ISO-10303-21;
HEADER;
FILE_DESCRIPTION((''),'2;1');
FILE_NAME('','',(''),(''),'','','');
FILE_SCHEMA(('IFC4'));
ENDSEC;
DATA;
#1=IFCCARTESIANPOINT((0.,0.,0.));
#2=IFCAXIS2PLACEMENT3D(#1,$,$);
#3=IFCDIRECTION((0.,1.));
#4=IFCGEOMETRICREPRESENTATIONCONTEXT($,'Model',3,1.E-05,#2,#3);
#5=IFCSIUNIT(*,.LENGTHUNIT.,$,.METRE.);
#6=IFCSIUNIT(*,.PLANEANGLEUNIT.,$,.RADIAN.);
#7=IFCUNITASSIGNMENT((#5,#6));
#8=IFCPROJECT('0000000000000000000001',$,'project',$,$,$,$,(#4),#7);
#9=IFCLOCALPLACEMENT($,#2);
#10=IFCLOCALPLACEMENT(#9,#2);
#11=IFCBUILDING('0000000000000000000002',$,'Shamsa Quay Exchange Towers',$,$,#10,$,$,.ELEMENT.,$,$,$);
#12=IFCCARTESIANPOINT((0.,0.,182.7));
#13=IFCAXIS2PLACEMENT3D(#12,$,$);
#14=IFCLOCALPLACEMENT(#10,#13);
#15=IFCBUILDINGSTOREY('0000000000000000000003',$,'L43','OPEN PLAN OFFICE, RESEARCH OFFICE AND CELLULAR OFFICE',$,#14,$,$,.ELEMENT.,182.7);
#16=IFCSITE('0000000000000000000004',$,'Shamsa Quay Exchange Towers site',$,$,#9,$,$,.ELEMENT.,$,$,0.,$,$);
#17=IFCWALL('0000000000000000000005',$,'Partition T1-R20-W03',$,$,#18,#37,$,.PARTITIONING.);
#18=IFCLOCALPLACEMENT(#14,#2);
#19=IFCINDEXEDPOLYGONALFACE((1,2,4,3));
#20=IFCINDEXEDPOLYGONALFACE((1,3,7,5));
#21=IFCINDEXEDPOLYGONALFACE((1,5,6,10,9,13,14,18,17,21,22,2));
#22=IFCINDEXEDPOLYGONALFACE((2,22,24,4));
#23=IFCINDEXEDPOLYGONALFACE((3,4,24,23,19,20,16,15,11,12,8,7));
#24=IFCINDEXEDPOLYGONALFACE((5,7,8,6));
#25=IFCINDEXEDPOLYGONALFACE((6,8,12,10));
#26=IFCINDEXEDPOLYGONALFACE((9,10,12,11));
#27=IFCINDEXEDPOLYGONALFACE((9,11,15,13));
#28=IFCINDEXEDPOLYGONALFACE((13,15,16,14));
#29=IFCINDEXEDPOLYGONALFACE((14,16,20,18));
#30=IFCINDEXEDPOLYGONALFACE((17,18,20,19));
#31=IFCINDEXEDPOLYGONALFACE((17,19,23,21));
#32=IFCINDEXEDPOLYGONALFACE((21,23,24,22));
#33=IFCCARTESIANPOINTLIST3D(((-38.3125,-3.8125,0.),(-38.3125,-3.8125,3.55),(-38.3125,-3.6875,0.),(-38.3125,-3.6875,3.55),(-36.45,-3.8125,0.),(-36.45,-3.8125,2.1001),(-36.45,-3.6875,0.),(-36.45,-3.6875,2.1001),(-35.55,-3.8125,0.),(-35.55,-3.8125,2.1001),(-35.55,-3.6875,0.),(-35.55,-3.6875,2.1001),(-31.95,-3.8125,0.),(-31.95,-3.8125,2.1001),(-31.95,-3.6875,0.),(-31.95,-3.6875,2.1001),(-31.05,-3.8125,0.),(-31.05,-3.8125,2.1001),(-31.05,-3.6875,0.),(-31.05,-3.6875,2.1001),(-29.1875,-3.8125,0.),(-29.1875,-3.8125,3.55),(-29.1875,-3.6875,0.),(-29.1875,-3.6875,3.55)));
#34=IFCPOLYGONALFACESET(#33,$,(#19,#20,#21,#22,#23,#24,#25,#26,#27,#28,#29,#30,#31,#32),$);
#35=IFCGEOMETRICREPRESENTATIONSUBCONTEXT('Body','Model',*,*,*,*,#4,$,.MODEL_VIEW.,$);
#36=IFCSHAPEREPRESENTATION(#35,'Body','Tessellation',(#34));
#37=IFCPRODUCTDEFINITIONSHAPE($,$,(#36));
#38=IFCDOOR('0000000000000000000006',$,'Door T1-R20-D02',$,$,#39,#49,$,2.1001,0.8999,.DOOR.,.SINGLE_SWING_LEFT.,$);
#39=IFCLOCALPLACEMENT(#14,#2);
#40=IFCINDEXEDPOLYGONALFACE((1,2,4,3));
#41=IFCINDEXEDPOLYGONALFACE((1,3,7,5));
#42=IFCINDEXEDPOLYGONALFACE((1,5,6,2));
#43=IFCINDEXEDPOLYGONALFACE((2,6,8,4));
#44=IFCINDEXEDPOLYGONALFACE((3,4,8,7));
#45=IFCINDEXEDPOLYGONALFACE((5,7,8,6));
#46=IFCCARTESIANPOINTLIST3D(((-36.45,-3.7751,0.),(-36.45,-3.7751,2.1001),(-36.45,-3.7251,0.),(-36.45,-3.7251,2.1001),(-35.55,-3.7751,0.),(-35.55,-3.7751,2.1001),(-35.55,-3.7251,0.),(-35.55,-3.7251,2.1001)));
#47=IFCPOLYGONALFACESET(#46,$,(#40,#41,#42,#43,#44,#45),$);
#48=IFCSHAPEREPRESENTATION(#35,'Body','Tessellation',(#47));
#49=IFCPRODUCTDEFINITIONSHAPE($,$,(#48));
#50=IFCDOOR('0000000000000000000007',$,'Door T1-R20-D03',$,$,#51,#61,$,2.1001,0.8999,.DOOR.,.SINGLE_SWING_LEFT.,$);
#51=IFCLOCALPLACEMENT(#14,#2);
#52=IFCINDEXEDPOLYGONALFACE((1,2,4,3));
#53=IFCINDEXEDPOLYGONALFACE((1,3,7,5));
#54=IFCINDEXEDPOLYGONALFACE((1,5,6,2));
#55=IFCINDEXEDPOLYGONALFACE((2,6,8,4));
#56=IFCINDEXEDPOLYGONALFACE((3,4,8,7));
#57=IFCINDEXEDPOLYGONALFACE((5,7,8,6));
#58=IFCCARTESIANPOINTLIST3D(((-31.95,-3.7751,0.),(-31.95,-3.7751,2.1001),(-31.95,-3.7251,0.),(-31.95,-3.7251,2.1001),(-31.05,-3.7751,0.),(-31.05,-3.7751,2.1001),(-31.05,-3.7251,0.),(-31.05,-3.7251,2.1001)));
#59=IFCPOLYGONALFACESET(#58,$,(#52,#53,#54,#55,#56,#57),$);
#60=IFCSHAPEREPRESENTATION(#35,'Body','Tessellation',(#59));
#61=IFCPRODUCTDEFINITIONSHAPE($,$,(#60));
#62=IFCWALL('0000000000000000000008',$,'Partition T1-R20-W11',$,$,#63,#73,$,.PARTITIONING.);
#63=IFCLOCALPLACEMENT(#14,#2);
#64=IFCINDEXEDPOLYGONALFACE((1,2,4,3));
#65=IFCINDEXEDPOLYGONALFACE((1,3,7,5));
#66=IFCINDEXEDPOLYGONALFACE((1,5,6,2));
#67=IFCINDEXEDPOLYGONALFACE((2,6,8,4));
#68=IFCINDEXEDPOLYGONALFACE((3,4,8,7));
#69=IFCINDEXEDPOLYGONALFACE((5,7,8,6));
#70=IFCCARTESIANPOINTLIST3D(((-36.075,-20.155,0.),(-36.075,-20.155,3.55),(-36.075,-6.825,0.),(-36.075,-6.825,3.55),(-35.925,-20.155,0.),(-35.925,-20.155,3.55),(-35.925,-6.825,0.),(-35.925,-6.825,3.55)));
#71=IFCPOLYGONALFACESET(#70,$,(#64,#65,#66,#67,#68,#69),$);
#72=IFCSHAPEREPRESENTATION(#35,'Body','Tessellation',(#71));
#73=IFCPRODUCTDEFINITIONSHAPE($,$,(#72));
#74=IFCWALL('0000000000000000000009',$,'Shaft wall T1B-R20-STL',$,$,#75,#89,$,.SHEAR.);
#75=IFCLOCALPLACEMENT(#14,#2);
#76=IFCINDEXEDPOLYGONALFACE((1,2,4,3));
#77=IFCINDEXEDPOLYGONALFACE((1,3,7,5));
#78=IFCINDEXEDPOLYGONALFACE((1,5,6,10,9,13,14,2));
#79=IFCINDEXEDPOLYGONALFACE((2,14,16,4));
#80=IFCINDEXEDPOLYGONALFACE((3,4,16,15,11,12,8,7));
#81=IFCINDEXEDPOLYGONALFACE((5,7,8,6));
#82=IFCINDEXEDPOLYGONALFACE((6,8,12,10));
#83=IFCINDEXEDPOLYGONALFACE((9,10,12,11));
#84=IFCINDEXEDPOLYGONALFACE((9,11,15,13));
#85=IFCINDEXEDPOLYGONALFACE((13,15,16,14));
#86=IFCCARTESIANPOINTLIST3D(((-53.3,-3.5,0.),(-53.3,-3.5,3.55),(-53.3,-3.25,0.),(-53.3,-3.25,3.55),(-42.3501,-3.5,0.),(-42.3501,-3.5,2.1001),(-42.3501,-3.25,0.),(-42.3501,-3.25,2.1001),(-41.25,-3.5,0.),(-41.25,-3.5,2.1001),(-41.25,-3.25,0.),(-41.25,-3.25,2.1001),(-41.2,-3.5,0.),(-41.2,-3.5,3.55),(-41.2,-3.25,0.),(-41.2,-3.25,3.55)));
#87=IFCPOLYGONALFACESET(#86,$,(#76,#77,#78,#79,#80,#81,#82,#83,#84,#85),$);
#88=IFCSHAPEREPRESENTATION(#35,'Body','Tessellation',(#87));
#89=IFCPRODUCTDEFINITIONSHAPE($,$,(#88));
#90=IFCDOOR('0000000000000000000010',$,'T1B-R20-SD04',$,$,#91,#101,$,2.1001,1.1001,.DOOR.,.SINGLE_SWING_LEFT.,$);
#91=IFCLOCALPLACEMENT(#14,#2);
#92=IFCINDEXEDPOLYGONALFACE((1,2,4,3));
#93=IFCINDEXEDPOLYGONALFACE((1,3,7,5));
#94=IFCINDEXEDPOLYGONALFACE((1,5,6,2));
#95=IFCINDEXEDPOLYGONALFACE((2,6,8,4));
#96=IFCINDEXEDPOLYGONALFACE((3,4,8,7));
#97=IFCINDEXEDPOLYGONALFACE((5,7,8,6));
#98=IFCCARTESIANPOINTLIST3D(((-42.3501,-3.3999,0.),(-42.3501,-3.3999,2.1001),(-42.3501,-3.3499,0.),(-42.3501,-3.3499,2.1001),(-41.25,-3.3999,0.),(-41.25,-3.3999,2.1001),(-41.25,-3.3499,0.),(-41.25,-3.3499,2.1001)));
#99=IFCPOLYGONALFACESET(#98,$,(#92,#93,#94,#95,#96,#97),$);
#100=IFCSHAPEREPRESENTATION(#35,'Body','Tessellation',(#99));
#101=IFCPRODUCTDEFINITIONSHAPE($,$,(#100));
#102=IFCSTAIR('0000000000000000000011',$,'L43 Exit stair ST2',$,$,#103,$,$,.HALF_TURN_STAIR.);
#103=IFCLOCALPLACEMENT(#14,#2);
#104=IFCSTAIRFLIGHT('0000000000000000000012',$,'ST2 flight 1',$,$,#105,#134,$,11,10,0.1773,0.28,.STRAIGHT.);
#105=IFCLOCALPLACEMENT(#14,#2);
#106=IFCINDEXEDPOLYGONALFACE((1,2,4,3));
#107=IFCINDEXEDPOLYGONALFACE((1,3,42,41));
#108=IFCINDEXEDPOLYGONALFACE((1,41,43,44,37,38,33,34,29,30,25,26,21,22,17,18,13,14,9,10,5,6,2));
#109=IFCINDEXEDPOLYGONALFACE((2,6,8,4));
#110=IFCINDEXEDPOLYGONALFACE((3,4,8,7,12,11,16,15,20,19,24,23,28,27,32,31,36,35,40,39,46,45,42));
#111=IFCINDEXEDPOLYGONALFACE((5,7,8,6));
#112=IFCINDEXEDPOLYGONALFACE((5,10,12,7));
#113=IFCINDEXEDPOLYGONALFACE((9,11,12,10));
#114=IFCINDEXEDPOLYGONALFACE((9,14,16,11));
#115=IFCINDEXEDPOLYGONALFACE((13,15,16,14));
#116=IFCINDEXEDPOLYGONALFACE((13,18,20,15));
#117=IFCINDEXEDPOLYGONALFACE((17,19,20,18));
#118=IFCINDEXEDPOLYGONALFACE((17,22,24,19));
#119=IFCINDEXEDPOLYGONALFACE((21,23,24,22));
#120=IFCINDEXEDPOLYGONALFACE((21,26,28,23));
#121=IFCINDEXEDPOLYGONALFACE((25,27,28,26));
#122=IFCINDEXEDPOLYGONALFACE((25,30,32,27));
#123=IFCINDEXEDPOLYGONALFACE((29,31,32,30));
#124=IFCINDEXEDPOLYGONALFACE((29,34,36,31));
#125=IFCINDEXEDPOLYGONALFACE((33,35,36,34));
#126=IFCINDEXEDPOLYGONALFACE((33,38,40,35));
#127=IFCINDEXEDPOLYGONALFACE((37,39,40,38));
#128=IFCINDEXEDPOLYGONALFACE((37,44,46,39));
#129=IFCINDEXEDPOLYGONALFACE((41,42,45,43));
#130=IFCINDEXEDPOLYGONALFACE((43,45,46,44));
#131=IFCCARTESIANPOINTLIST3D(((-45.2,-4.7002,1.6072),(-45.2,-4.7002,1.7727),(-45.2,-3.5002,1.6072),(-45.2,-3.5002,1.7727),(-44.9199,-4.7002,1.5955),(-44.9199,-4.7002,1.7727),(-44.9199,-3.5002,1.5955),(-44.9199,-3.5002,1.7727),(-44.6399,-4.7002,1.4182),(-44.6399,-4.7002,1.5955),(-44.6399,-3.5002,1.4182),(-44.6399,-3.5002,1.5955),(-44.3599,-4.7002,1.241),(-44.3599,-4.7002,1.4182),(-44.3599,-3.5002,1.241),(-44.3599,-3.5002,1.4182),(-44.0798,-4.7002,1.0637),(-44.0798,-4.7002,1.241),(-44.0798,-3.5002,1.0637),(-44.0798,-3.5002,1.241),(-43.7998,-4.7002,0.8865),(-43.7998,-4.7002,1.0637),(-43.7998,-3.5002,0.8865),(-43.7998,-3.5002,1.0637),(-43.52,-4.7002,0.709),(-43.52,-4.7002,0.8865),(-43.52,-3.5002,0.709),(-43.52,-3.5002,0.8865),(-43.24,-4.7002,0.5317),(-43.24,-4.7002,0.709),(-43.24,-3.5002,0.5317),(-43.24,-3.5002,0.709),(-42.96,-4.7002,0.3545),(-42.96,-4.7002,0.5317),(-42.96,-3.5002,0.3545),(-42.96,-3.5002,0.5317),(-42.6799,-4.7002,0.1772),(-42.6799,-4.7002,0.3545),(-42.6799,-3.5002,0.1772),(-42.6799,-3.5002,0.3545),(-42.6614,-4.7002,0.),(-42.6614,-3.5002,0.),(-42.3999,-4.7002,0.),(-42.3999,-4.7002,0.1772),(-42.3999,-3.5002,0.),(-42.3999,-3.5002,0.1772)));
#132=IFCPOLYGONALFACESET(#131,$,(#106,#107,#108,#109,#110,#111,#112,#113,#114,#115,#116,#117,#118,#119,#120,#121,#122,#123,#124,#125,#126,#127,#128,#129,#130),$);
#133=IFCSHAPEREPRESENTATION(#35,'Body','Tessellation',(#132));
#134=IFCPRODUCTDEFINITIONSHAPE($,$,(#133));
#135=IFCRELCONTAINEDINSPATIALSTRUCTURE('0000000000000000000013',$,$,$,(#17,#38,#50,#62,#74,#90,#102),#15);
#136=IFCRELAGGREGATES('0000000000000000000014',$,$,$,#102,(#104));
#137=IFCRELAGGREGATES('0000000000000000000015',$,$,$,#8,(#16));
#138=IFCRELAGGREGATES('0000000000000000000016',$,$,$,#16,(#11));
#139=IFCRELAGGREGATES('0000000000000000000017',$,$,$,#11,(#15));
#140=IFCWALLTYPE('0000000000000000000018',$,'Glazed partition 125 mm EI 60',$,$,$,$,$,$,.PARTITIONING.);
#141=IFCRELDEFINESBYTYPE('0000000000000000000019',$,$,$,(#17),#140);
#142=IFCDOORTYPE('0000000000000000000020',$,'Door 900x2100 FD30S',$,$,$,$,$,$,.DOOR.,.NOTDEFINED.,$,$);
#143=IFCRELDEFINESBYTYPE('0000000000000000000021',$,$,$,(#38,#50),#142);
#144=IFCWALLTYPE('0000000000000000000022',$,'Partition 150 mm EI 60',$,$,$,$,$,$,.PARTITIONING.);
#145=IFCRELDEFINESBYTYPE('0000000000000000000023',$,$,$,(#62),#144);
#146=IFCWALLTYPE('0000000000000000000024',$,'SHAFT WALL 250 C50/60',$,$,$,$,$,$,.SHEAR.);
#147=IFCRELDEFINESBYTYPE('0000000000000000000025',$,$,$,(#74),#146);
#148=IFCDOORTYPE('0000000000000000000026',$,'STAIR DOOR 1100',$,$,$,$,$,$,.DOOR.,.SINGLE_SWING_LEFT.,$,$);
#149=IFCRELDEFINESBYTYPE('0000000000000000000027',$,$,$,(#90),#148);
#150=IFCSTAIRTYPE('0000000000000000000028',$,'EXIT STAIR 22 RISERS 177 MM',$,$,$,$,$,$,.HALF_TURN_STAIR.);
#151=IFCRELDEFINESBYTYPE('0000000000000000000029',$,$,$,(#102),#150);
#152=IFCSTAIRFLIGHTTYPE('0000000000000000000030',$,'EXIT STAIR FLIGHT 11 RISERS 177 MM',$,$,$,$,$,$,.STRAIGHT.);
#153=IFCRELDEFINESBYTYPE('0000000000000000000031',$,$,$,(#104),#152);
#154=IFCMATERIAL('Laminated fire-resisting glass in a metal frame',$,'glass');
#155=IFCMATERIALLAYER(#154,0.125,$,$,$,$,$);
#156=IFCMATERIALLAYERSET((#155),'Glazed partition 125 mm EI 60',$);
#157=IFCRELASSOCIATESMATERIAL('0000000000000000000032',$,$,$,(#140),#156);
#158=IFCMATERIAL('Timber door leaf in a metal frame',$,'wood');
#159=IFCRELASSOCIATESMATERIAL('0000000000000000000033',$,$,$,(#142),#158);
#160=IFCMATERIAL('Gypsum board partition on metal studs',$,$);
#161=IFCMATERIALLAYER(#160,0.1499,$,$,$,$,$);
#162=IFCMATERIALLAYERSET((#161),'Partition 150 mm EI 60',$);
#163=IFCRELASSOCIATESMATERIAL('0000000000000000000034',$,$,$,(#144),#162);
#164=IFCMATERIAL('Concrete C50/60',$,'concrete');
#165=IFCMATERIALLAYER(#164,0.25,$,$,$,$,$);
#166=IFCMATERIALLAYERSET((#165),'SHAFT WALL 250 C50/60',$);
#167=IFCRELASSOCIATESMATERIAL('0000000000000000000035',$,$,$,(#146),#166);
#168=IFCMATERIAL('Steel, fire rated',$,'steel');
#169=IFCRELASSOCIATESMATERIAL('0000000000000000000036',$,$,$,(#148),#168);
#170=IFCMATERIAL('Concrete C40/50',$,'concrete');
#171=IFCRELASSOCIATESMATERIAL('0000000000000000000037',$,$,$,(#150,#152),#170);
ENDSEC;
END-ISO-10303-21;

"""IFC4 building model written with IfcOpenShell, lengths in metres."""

from ifc_helpers import new_model, si_unit, direction, frame, frame_2d, origin, place, context, subcontext, project, spatial, polyline, rectangle, outline, extrude, material, layer, layer_set, type_object, element, fill, aggregate, save


model = new_model("IFC4")

# Units and contexts
model_context = context("Model", 3, precision=1e-05, world=origin(), true_north=direction((0.0, 1.0)))
body_context = subcontext(model_context, "Body", "Model", "MODEL_VIEW")
ifc_project = project(units=[si_unit("LENGTHUNIT", "METRE"), si_unit("PLANEANGLEUNIT", "RADIAN")], contexts=[model_context])

# Site, building, storey
site_placement = place(None, origin())
site = spatial("IfcSite", under=ifc_project, at=site_placement, Name="Shamsa Quay Exchange Towers site", CompositionType="ELEMENT", RefElevation=0.0)
building_placement = place(site_placement, origin())
building = spatial("IfcBuilding", under=site, at=building_placement, Name="Shamsa Quay Exchange Towers", CompositionType="ELEMENT")
storey_placement = place(building_placement, frame((0.0, 0.0, 182.7)))
storey = spatial("IfcBuildingStorey", under=building, at=storey_placement, Name="L43", Description="OPEN PLAN OFFICE, RESEARCH OFFICE AND CELLULAR OFFICE", CompositionType="ELEMENT", Elevation=182.7)

# Shared definitions
ifc_material_1 = material(Name="Steel, fire rated", Category="steel")

# Shared definitions
ifc_material_2 = material(Name="Laminated fire-resisting glass in a metal frame", Category="glass")
ifc_layer_1 = layer(ifc_material_2, 0.125)
ifc_layer_set_1 = layer_set([ifc_layer_1], Name="Glazed partition 125 mm EI 60")
wall_type_1 = type_object("IfcWallType", Name="Glazed partition 125 mm EI 60", PredefinedType="PARTITIONING", material=ifc_layer_set_1)

# Wall, openings, doors
wall_1_placement = place(storey_placement, frame((-38.3125, -3.75, 0.0)))
wall_1 = element("IfcWall", 1, at=wall_1_placement, inside=storey, type_object=wall_type_1, Name="Partition T1-R20-W03", PredefinedType="PARTITIONING", context=body_context, shape_type="SweptSolid", body=[
    extrude(rectangle(XDim=9.125, YDim=0.125, at=frame_2d((4.5625, 0.0))), origin(), (0.0, 0.0, 1.0), 3.55),
])
opening_1_placement = place(wall_1_placement, frame((1.8625, 0.0, 0.0)))
opening_1 = element("IfcOpeningElement", 2, at=opening_1_placement, cuts=wall_1, PredefinedType="OPENING", context=body_context, shape_type="SweptSolid", body=[
    extrude(rectangle(XDim=0.8999, YDim=2.1001, at=frame_2d((0.45, 1.05))), frame((0.0, 0.0725, 0.0), z_axis=(0.0, -1.0, 0.0), x_axis=(1.0, 0.0, 0.0)), (0.0, 0.0, 1.0), 0.145),
])
opening_2_placement = place(wall_1_placement, frame((6.3625, 0.0, 0.0)))
opening_2 = element("IfcOpeningElement", 3, at=opening_2_placement, cuts=wall_1, PredefinedType="OPENING", context=body_context, shape_type="SweptSolid", body=[
    extrude(rectangle(XDim=0.8999, YDim=2.1001, at=frame_2d((0.45, 1.05))), frame((0.0, 0.0725, 0.0), z_axis=(0.0, -1.0, 0.0), x_axis=(1.0, 0.0, 0.0)), (0.0, 0.0, 1.0), 0.145),
])
ifc_material_3 = material(Name="Timber door leaf in a metal frame", Category="wood")
door_type_1 = type_object("IfcDoorType", Name="Door 900x2100 FD30S", OperationType="NOTDEFINED", PredefinedType="DOOR", material=ifc_material_3)
door_1_placement = place(opening_1_placement, origin())
door_1 = element("IfcDoor", 4, at=door_1_placement, inside=storey, type_object=door_type_1, Name="Door T1-R20-D02", OperationType="SINGLE_SWING_LEFT", OverallHeight=2.1001, OverallWidth=0.8999, PredefinedType="DOOR", context=body_context, shape_type="SweptSolid", body=[
    extrude(rectangle(XDim=0.8999, YDim=2.1001, at=frame_2d((0.45, 1.05))), frame((0.0, 0.0249, 0.0), z_axis=(0.0, -1.0, 0.0), x_axis=(1.0, 0.0, 0.0)), (0.0, 0.0, 1.0), 0.05),
])
fill(opening_1, door_1)
door_2_placement = place(opening_2_placement, origin())
door_2 = element("IfcDoor", 5, at=door_2_placement, inside=storey, type_object=door_type_1, Name="Door T1-R20-D03", OperationType="SINGLE_SWING_LEFT", OverallHeight=2.1001, OverallWidth=0.8999, PredefinedType="DOOR", context=body_context, shape_type="SweptSolid", body=[
    extrude(rectangle(XDim=0.8999, YDim=2.1001, at=frame_2d((0.45, 1.05))), frame((0.0, 0.0249, 0.0), z_axis=(0.0, -1.0, 0.0), x_axis=(1.0, 0.0, 0.0)), (0.0, 0.0, 1.0), 0.05),
])
fill(opening_2, door_2)

# Wall
ifc_material_4 = material(Name="Gypsum board partition on metal studs")
ifc_layer_2 = layer(ifc_material_4, 0.1499)
ifc_layer_set_2 = layer_set([ifc_layer_2], Name="Partition 150 mm EI 60")
wall_type_2 = type_object("IfcWallType", Name="Partition 150 mm EI 60", PredefinedType="PARTITIONING", material=ifc_layer_set_2)
wall_2_placement = place(storey_placement, frame((-36.0, -20.155, 0.0), z_axis=(0.0, 0.0, 1.0), x_axis=(0.0, 1.0, 0.0)))
element("IfcWall", 6, at=wall_2_placement, inside=storey, type_object=wall_type_2, Name="Partition T1-R20-W11", PredefinedType="PARTITIONING", context=body_context, shape_type="SweptSolid", body=[
    extrude(rectangle(XDim=13.3301, YDim=0.1499, at=frame_2d((6.665, 0.0))), origin(), (0.0, 0.0, 1.0), 3.55),
])

# Wall, opening, door
ifc_material_5 = material(Name="Concrete C50/60", Category="concrete")
ifc_layer_3 = layer(ifc_material_5, 0.25)
ifc_layer_set_3 = layer_set([ifc_layer_3], Name="SHAFT WALL 250 C50/60")
wall_type_3 = type_object("IfcWallType", Name="SHAFT WALL 250 C50/60", PredefinedType="SHEAR", material=ifc_layer_set_3)
wall_3_placement = place(storey_placement, frame((-41.2, -3.375, 0.0), z_axis=(0.0, 0.0, 1.0), x_axis=(-1.0, 0.0, 0.0)))
wall_3 = element("IfcWall", 7, at=wall_3_placement, inside=storey, type_object=wall_type_3, Name="Shaft wall T1B-R20-STL", PredefinedType="SHEAR", context=body_context, shape_type="SweptSolid", body=[
    extrude(rectangle(XDim=12.1001, YDim=0.25, at=frame_2d((6.05, 0.0))), origin(), (0.0, 0.0, 1.0), 3.55),
])
opening_3_placement = place(wall_3_placement, frame((0.05, 0.0, 0.0)))
opening_3 = element("IfcOpeningElement", 8, at=opening_3_placement, cuts=wall_3, PredefinedType="OPENING", context=body_context, shape_type="SweptSolid", body=[
    extrude(rectangle(XDim=1.1001, YDim=2.1001, at=frame_2d((0.55, 1.05))), frame((0.0, 0.135, 0.0), z_axis=(0.0, -1.0, 0.0), x_axis=(1.0, 0.0, 0.0)), (0.0, 0.0, 1.0), 0.27),
])
door_type_2 = type_object("IfcDoorType", Name="STAIR DOOR 1100", OperationType="SINGLE_SWING_LEFT", PredefinedType="DOOR", material=ifc_material_1)
door_3_placement = place(opening_3_placement, origin())
door_3 = element("IfcDoor", 9, at=door_3_placement, inside=storey, type_object=door_type_2, Name="T1B-R20-SD04", OperationType="SINGLE_SWING_LEFT", OverallHeight=2.1001, OverallWidth=1.1001, PredefinedType="DOOR", context=body_context, shape_type="SweptSolid", body=[
    extrude(rectangle(XDim=1.1001, YDim=2.1001, at=frame_2d((0.55, 1.05))), frame((0.0, 0.0249, 0.0), z_axis=(0.0, -1.0, 0.0), x_axis=(1.0, 0.0, 0.0)), (0.0, 0.0, 1.0), 0.05),
])
fill(opening_3, door_3)

# Stair, stair flight
ifc_material_6 = material(Name="Concrete C40/50", Category="concrete")
stair_type = type_object("IfcStairType", Name="EXIT STAIR 22 RISERS 177 MM", PredefinedType="HALF_TURN_STAIR", material=ifc_material_6)
stair_placement = place(storey_placement, origin())
stair = element("IfcStair", 10, at=stair_placement, inside=storey, type_object=stair_type, Name="L43 Exit stair ST2", PredefinedType="HALF_TURN_STAIR")
stair_flight_type = type_object("IfcStairFlightType", Name="EXIT STAIR FLIGHT 11 RISERS 177 MM", PredefinedType="STRAIGHT", material=ifc_material_6)
stair_flight_placement = place(storey_placement, frame((-42.3999, -4.1001, 0.0), z_axis=(0.0, 0.0, 1.0), x_axis=(-1.0, 0.0, 0.0)))
stair_flight = element("IfcStairFlight", 11, at=stair_flight_placement, type_object=stair_flight_type, Name="ST2 flight 1", NumberOfRisers=11, NumberOfTreads=10, PredefinedType="STRAIGHT", RiserHeight=0.1773, TreadLength=0.28, context=body_context, shape_type="SweptSolid", body=[
    extrude(outline(polyline([(0.0, 0.0), (0.0, 0.1772), (0.28, 0.1772), (0.28, 0.3545), (0.5601, 0.3545), (0.5601, 0.5317), (0.8401, 0.5317), (0.8401, 0.709), (1.1201, 0.709), (1.1201, 0.8865), (1.3999, 0.8865), (1.3999, 1.0637), (1.6799, 1.0637), (1.6799, 1.241), (1.96, 1.241), (1.96, 1.4182), (2.24, 1.4182), (2.24, 1.5955), (2.52, 1.5955), (2.52, 1.7727), (2.8, 1.7727), (2.8, 1.95), (2.8, 1.6072), (0.2615, 0.0), (0.0, 0.0)])), frame((0.0, 0.6001, 0.0), z_axis=(0.0, -1.0, 0.0), x_axis=(1.0, 0.0, 0.0)), (0.0, 0.0, 1.0), 1.2),
])
aggregate(stair, [stair_flight])

save(model, "model.ifc")
